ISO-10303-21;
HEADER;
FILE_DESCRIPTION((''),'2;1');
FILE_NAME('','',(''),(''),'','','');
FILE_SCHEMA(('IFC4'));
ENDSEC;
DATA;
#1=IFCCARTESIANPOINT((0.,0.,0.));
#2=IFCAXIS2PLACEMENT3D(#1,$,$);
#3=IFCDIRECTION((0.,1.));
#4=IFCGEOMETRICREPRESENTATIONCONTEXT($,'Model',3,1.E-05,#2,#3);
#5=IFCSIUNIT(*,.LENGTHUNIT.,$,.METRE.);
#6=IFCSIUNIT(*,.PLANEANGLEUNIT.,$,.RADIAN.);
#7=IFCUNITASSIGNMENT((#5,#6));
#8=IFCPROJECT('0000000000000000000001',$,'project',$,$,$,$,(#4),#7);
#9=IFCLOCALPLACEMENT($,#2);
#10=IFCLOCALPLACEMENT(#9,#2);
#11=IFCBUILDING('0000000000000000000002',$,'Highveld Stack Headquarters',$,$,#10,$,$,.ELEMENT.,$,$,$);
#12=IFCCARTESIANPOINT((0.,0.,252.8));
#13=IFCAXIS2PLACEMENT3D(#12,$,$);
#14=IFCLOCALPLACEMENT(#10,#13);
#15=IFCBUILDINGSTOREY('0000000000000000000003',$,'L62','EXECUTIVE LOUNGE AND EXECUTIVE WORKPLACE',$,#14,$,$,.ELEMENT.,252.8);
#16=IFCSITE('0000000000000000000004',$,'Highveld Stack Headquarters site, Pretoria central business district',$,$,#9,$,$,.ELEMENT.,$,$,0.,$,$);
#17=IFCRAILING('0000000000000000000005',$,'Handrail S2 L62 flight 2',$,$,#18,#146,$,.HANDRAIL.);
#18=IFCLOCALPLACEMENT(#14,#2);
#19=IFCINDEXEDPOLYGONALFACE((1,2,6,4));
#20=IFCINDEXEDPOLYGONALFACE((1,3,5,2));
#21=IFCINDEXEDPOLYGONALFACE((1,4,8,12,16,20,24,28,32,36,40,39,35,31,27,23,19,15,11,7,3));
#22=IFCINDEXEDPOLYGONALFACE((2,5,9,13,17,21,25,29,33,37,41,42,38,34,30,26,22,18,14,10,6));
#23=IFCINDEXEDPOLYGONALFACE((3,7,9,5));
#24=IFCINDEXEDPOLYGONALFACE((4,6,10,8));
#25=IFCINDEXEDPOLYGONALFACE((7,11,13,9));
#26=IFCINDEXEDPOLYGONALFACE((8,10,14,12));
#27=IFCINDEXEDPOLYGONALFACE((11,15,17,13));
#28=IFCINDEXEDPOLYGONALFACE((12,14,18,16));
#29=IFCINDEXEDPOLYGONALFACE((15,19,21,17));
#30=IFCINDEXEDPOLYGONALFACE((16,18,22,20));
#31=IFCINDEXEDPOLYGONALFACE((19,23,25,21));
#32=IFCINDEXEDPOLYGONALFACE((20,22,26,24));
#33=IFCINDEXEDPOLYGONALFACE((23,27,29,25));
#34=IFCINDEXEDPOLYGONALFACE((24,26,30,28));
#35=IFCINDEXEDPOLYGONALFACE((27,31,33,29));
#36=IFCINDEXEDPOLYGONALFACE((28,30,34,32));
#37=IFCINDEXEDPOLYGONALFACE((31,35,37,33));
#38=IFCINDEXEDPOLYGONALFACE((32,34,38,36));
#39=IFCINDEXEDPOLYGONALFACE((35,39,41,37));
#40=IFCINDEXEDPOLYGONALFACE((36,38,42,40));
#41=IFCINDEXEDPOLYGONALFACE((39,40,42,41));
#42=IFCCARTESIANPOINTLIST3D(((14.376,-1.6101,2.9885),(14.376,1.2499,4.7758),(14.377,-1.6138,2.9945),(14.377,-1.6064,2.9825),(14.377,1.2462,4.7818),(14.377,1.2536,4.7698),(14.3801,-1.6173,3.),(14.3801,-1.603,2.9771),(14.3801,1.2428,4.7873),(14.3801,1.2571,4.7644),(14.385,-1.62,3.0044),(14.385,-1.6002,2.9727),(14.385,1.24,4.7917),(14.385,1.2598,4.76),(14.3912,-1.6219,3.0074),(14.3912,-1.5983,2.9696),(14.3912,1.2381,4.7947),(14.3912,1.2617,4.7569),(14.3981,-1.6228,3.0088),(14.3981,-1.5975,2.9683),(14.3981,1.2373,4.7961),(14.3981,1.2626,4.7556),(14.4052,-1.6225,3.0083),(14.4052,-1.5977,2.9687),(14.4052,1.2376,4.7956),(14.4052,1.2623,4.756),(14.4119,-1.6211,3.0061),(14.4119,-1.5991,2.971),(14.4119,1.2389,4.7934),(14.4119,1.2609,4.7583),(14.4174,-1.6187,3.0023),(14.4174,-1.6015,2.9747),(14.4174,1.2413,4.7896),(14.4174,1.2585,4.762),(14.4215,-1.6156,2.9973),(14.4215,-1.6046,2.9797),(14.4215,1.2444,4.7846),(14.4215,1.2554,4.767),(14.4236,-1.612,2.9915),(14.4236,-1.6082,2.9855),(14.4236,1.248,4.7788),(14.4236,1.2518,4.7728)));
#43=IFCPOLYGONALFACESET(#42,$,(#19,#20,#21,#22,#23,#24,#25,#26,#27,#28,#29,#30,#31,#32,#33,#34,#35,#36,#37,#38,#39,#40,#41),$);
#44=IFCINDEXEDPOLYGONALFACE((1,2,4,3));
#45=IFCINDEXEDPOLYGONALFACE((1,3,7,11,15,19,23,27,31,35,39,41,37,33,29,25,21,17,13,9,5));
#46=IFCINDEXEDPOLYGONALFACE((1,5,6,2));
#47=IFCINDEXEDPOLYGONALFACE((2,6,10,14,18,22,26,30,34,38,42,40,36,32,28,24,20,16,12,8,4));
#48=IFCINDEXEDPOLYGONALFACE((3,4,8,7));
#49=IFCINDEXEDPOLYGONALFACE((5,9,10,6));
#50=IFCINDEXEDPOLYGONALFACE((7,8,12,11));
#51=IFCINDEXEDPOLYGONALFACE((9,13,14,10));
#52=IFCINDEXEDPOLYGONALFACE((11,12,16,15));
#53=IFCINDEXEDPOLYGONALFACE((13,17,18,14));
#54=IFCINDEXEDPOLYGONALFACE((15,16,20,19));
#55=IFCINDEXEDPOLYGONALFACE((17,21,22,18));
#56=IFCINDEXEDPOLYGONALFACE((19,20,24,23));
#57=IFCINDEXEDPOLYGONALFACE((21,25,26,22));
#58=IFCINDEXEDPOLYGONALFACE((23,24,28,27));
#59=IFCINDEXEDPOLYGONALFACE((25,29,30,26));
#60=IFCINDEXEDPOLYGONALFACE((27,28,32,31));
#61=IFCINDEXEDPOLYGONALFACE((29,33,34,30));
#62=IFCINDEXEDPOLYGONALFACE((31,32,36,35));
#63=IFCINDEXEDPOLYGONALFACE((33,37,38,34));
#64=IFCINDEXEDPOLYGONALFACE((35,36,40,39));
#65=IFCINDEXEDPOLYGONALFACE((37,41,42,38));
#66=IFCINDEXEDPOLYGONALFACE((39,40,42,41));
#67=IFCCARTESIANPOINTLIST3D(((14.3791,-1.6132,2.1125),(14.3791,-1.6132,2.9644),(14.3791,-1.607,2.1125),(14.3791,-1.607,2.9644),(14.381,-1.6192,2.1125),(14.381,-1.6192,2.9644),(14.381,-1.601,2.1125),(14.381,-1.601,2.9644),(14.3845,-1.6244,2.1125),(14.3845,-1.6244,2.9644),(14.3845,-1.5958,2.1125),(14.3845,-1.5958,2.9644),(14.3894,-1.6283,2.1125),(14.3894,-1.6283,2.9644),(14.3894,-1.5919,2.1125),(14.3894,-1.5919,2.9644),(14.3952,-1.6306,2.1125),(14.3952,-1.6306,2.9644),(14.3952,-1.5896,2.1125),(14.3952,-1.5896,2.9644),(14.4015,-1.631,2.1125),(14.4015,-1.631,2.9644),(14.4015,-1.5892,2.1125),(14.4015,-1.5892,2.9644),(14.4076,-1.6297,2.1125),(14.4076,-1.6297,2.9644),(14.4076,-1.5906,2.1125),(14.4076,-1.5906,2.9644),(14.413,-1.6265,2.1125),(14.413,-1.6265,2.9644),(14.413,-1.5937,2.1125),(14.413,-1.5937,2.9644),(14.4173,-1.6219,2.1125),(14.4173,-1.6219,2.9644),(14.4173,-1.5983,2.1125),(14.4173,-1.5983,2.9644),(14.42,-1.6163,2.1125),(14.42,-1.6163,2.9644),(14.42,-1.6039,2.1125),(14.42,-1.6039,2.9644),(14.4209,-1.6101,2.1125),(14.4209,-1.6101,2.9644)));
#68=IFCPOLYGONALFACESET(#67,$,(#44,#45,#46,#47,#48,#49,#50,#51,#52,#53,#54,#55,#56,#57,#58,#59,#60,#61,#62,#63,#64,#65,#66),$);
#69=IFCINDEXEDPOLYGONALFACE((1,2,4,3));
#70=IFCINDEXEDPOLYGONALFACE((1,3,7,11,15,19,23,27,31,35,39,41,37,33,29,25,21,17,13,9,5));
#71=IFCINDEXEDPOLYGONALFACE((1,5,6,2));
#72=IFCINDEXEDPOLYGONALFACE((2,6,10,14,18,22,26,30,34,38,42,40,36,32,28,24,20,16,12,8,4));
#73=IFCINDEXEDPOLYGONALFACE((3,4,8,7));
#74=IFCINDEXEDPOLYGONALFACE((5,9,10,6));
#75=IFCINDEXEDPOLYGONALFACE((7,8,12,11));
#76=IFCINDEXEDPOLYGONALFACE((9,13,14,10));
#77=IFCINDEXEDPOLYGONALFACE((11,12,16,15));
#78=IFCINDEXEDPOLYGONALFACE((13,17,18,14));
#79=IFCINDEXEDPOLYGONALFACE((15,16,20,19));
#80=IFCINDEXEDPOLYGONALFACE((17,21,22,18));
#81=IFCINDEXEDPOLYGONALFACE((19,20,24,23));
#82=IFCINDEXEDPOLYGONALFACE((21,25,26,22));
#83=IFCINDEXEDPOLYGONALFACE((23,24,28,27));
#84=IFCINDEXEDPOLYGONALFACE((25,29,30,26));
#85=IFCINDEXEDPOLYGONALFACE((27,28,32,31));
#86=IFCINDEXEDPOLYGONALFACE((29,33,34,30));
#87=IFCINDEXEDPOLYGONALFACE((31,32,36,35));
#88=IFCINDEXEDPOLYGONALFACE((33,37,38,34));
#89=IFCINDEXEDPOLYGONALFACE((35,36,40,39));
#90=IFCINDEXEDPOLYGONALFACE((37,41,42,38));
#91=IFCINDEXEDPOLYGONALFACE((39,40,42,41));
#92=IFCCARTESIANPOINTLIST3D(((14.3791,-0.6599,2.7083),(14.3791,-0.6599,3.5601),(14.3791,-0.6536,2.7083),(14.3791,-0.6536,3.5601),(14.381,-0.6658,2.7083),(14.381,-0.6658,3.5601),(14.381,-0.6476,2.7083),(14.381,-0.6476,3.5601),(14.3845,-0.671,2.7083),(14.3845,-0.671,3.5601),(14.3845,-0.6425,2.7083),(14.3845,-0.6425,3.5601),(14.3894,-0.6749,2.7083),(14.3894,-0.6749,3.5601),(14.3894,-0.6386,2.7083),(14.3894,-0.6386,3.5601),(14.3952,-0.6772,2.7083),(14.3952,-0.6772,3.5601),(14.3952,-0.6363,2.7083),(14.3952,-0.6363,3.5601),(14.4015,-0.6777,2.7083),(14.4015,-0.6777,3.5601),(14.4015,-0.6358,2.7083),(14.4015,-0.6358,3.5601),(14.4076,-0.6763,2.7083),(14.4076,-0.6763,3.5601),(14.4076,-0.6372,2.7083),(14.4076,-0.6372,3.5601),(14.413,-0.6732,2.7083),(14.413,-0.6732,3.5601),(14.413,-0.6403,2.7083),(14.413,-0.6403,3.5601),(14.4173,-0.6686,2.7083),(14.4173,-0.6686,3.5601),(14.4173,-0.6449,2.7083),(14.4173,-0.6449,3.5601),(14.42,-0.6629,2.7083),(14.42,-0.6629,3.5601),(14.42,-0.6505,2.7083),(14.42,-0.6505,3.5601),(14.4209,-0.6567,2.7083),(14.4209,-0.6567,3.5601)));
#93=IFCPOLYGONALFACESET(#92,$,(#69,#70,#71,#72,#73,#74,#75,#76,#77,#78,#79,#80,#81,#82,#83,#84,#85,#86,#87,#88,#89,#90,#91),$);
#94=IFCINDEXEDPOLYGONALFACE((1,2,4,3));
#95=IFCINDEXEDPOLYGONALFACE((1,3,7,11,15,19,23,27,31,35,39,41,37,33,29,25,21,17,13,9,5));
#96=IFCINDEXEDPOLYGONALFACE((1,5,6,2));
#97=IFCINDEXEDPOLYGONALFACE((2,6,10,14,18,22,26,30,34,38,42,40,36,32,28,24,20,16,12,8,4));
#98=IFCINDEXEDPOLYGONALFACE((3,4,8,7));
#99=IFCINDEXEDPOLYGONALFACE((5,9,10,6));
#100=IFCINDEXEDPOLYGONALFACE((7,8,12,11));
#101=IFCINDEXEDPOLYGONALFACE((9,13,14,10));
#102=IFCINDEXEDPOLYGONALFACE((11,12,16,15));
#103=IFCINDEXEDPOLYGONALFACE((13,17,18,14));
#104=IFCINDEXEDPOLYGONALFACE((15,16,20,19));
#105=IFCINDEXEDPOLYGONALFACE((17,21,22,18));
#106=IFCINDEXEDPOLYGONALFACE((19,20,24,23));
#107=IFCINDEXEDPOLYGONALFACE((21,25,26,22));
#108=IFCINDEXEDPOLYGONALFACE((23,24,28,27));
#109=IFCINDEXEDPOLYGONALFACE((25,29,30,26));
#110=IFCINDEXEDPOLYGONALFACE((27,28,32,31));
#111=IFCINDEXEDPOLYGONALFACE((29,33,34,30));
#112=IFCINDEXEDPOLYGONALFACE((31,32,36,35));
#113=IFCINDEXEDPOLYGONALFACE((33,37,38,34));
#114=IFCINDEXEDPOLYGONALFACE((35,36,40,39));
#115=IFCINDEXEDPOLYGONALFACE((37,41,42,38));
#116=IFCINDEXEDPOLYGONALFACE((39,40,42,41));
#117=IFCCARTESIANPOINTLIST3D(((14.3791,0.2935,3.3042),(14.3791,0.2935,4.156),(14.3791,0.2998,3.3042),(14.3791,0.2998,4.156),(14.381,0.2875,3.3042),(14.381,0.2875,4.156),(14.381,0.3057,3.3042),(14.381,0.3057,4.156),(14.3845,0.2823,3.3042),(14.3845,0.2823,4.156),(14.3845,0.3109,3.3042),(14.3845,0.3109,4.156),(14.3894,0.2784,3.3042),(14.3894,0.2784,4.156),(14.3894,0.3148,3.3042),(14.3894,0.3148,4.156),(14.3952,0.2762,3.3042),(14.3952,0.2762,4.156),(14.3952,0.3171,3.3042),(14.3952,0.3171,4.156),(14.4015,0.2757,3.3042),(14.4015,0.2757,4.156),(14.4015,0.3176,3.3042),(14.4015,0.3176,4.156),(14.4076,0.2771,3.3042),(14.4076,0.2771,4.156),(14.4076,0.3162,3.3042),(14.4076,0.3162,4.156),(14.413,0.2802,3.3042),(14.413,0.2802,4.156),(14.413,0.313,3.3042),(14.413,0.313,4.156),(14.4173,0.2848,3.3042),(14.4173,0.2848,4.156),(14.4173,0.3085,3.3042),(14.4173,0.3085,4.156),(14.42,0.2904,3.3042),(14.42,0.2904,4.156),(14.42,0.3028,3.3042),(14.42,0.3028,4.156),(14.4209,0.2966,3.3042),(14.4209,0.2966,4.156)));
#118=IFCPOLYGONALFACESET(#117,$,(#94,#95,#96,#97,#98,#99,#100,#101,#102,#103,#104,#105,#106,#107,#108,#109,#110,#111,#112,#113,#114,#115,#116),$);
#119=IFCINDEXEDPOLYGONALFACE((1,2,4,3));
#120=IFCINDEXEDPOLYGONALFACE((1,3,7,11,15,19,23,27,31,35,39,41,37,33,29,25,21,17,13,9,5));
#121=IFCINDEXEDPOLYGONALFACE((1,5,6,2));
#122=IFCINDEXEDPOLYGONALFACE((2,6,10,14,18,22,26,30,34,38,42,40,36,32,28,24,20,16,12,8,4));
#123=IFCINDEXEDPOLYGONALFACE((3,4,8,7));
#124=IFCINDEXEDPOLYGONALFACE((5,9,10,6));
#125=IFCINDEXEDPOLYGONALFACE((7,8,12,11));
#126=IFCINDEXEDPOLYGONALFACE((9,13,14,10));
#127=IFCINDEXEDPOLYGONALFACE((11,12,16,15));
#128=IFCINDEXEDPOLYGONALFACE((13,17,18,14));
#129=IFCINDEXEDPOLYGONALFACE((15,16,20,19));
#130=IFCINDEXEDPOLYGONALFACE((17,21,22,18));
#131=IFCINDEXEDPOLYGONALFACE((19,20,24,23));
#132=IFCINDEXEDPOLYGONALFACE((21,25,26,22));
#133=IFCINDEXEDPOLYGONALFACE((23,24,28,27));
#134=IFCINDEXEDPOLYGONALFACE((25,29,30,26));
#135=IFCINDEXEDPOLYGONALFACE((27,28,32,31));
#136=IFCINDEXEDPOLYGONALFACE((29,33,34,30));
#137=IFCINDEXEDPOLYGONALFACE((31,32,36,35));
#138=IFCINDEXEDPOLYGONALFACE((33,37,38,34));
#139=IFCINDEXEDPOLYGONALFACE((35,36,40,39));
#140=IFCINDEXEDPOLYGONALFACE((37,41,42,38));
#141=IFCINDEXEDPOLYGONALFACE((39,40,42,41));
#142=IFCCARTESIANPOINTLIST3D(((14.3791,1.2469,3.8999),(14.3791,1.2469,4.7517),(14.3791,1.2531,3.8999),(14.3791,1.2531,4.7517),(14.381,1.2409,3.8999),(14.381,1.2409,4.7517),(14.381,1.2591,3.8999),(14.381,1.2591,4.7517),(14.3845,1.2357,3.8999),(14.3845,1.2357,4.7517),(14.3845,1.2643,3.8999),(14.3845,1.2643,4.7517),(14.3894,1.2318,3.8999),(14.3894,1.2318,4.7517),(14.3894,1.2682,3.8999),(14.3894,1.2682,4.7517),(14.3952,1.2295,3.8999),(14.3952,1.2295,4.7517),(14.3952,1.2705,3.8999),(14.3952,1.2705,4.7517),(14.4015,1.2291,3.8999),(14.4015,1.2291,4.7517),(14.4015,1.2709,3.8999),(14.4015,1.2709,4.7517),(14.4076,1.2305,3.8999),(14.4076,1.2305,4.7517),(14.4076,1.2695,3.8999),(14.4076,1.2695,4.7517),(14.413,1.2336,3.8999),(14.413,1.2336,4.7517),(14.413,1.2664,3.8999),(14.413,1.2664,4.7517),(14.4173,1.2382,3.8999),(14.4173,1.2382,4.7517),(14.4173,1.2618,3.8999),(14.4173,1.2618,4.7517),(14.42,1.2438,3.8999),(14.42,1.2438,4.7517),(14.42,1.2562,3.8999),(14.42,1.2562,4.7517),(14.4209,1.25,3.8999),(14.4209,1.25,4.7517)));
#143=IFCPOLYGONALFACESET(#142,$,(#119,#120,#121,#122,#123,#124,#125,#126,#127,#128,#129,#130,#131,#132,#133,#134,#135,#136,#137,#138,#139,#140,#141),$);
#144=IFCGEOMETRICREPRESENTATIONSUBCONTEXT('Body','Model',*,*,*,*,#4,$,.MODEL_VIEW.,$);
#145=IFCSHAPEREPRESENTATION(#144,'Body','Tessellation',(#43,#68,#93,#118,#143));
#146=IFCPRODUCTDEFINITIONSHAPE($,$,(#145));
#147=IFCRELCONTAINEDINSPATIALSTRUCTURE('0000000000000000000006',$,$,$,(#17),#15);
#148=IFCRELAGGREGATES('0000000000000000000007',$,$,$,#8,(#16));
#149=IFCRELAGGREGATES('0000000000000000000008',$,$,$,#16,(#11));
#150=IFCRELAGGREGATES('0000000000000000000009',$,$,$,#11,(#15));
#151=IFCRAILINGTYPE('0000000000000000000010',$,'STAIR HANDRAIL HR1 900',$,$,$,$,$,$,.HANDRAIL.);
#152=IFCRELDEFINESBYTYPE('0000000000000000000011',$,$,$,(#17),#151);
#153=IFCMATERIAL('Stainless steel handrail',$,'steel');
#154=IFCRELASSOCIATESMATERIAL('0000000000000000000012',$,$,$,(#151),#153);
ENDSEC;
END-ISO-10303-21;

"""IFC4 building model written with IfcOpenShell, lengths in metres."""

from ifc_helpers import new_model, si_unit, direction, frame, origin, origin_2d, place, context, subcontext, project, spatial, circle, extrude, material, type_object, element, save


model = new_model("IFC4")

# Units and contexts
model_context = context("Model", 3, precision=1e-05, world=origin(), true_north=direction((0.0, 1.0)))
body_context = subcontext(model_context, "Body", "Model", "MODEL_VIEW")
ifc_project = project(units=[si_unit("LENGTHUNIT", "METRE"), si_unit("PLANEANGLEUNIT", "RADIAN")], contexts=[model_context])

# Site, building, storey
site_placement = place(None, origin())
site = spatial("IfcSite", under=ifc_project, at=site_placement, Name="Highveld Stack Headquarters site, Pretoria central business district", CompositionType="ELEMENT", RefElevation=0.0)
building_placement = place(site_placement, origin())
building = spatial("IfcBuilding", under=site, at=building_placement, Name="Highveld Stack Headquarters", CompositionType="ELEMENT")
storey_placement = place(building_placement, frame((0.0, 0.0, 252.8)))
storey = spatial("IfcBuildingStorey", under=building, at=storey_placement, Name="L62", Description="EXECUTIVE LOUNGE AND EXECUTIVE WORKPLACE", CompositionType="ELEMENT", Elevation=252.8)

# Railing
ifc_material_1 = material(Name="Stainless steel handrail", Category="steel")
railing_type = type_object("IfcRailingType", Name="STAIR HANDRAIL HR1 900", PredefinedType="HANDRAIL", material=ifc_material_1)
for number, where, name in (
    (1, (14.3999, -1.6101, 2.1125), "Handrail S2 L62 flight 2"),
):
    element("IfcRailing", number, at=place(storey_placement, frame(where)), inside=storey, type_object=railing_type, Name=name, PredefinedType="HANDRAIL", context=body_context, shape_type="SweptSolid", body=[
        extrude(circle(Radius=0.0239, at=origin_2d()), frame((0.0, 0.0, 0.876), z_axis=(0.0, 0.848027, 0.529953), x_axis=(-1.0, 0.0, 0.0)), (0.0, 0.0, 1.0), 3.3726),
        extrude(circle(Radius=0.021, at=origin_2d()), origin(), (0.0, 0.0, 1.0), 0.8518),
        extrude(circle(Radius=0.021, at=origin_2d()), frame((0.0, 0.9534, 0.5957)), (0.0, 0.0, 1.0), 0.8518),
        extrude(circle(Radius=0.021, at=origin_2d()), frame((0.0, 1.9067, 1.1917)), (0.0, 0.0, 1.0), 0.8518),
        extrude(circle(Radius=0.021, at=origin_2d()), frame((0.0, 2.8601, 1.7874)), (0.0, 0.0, 1.0), 0.8518),
    ])

save(model, "model.ifc")
